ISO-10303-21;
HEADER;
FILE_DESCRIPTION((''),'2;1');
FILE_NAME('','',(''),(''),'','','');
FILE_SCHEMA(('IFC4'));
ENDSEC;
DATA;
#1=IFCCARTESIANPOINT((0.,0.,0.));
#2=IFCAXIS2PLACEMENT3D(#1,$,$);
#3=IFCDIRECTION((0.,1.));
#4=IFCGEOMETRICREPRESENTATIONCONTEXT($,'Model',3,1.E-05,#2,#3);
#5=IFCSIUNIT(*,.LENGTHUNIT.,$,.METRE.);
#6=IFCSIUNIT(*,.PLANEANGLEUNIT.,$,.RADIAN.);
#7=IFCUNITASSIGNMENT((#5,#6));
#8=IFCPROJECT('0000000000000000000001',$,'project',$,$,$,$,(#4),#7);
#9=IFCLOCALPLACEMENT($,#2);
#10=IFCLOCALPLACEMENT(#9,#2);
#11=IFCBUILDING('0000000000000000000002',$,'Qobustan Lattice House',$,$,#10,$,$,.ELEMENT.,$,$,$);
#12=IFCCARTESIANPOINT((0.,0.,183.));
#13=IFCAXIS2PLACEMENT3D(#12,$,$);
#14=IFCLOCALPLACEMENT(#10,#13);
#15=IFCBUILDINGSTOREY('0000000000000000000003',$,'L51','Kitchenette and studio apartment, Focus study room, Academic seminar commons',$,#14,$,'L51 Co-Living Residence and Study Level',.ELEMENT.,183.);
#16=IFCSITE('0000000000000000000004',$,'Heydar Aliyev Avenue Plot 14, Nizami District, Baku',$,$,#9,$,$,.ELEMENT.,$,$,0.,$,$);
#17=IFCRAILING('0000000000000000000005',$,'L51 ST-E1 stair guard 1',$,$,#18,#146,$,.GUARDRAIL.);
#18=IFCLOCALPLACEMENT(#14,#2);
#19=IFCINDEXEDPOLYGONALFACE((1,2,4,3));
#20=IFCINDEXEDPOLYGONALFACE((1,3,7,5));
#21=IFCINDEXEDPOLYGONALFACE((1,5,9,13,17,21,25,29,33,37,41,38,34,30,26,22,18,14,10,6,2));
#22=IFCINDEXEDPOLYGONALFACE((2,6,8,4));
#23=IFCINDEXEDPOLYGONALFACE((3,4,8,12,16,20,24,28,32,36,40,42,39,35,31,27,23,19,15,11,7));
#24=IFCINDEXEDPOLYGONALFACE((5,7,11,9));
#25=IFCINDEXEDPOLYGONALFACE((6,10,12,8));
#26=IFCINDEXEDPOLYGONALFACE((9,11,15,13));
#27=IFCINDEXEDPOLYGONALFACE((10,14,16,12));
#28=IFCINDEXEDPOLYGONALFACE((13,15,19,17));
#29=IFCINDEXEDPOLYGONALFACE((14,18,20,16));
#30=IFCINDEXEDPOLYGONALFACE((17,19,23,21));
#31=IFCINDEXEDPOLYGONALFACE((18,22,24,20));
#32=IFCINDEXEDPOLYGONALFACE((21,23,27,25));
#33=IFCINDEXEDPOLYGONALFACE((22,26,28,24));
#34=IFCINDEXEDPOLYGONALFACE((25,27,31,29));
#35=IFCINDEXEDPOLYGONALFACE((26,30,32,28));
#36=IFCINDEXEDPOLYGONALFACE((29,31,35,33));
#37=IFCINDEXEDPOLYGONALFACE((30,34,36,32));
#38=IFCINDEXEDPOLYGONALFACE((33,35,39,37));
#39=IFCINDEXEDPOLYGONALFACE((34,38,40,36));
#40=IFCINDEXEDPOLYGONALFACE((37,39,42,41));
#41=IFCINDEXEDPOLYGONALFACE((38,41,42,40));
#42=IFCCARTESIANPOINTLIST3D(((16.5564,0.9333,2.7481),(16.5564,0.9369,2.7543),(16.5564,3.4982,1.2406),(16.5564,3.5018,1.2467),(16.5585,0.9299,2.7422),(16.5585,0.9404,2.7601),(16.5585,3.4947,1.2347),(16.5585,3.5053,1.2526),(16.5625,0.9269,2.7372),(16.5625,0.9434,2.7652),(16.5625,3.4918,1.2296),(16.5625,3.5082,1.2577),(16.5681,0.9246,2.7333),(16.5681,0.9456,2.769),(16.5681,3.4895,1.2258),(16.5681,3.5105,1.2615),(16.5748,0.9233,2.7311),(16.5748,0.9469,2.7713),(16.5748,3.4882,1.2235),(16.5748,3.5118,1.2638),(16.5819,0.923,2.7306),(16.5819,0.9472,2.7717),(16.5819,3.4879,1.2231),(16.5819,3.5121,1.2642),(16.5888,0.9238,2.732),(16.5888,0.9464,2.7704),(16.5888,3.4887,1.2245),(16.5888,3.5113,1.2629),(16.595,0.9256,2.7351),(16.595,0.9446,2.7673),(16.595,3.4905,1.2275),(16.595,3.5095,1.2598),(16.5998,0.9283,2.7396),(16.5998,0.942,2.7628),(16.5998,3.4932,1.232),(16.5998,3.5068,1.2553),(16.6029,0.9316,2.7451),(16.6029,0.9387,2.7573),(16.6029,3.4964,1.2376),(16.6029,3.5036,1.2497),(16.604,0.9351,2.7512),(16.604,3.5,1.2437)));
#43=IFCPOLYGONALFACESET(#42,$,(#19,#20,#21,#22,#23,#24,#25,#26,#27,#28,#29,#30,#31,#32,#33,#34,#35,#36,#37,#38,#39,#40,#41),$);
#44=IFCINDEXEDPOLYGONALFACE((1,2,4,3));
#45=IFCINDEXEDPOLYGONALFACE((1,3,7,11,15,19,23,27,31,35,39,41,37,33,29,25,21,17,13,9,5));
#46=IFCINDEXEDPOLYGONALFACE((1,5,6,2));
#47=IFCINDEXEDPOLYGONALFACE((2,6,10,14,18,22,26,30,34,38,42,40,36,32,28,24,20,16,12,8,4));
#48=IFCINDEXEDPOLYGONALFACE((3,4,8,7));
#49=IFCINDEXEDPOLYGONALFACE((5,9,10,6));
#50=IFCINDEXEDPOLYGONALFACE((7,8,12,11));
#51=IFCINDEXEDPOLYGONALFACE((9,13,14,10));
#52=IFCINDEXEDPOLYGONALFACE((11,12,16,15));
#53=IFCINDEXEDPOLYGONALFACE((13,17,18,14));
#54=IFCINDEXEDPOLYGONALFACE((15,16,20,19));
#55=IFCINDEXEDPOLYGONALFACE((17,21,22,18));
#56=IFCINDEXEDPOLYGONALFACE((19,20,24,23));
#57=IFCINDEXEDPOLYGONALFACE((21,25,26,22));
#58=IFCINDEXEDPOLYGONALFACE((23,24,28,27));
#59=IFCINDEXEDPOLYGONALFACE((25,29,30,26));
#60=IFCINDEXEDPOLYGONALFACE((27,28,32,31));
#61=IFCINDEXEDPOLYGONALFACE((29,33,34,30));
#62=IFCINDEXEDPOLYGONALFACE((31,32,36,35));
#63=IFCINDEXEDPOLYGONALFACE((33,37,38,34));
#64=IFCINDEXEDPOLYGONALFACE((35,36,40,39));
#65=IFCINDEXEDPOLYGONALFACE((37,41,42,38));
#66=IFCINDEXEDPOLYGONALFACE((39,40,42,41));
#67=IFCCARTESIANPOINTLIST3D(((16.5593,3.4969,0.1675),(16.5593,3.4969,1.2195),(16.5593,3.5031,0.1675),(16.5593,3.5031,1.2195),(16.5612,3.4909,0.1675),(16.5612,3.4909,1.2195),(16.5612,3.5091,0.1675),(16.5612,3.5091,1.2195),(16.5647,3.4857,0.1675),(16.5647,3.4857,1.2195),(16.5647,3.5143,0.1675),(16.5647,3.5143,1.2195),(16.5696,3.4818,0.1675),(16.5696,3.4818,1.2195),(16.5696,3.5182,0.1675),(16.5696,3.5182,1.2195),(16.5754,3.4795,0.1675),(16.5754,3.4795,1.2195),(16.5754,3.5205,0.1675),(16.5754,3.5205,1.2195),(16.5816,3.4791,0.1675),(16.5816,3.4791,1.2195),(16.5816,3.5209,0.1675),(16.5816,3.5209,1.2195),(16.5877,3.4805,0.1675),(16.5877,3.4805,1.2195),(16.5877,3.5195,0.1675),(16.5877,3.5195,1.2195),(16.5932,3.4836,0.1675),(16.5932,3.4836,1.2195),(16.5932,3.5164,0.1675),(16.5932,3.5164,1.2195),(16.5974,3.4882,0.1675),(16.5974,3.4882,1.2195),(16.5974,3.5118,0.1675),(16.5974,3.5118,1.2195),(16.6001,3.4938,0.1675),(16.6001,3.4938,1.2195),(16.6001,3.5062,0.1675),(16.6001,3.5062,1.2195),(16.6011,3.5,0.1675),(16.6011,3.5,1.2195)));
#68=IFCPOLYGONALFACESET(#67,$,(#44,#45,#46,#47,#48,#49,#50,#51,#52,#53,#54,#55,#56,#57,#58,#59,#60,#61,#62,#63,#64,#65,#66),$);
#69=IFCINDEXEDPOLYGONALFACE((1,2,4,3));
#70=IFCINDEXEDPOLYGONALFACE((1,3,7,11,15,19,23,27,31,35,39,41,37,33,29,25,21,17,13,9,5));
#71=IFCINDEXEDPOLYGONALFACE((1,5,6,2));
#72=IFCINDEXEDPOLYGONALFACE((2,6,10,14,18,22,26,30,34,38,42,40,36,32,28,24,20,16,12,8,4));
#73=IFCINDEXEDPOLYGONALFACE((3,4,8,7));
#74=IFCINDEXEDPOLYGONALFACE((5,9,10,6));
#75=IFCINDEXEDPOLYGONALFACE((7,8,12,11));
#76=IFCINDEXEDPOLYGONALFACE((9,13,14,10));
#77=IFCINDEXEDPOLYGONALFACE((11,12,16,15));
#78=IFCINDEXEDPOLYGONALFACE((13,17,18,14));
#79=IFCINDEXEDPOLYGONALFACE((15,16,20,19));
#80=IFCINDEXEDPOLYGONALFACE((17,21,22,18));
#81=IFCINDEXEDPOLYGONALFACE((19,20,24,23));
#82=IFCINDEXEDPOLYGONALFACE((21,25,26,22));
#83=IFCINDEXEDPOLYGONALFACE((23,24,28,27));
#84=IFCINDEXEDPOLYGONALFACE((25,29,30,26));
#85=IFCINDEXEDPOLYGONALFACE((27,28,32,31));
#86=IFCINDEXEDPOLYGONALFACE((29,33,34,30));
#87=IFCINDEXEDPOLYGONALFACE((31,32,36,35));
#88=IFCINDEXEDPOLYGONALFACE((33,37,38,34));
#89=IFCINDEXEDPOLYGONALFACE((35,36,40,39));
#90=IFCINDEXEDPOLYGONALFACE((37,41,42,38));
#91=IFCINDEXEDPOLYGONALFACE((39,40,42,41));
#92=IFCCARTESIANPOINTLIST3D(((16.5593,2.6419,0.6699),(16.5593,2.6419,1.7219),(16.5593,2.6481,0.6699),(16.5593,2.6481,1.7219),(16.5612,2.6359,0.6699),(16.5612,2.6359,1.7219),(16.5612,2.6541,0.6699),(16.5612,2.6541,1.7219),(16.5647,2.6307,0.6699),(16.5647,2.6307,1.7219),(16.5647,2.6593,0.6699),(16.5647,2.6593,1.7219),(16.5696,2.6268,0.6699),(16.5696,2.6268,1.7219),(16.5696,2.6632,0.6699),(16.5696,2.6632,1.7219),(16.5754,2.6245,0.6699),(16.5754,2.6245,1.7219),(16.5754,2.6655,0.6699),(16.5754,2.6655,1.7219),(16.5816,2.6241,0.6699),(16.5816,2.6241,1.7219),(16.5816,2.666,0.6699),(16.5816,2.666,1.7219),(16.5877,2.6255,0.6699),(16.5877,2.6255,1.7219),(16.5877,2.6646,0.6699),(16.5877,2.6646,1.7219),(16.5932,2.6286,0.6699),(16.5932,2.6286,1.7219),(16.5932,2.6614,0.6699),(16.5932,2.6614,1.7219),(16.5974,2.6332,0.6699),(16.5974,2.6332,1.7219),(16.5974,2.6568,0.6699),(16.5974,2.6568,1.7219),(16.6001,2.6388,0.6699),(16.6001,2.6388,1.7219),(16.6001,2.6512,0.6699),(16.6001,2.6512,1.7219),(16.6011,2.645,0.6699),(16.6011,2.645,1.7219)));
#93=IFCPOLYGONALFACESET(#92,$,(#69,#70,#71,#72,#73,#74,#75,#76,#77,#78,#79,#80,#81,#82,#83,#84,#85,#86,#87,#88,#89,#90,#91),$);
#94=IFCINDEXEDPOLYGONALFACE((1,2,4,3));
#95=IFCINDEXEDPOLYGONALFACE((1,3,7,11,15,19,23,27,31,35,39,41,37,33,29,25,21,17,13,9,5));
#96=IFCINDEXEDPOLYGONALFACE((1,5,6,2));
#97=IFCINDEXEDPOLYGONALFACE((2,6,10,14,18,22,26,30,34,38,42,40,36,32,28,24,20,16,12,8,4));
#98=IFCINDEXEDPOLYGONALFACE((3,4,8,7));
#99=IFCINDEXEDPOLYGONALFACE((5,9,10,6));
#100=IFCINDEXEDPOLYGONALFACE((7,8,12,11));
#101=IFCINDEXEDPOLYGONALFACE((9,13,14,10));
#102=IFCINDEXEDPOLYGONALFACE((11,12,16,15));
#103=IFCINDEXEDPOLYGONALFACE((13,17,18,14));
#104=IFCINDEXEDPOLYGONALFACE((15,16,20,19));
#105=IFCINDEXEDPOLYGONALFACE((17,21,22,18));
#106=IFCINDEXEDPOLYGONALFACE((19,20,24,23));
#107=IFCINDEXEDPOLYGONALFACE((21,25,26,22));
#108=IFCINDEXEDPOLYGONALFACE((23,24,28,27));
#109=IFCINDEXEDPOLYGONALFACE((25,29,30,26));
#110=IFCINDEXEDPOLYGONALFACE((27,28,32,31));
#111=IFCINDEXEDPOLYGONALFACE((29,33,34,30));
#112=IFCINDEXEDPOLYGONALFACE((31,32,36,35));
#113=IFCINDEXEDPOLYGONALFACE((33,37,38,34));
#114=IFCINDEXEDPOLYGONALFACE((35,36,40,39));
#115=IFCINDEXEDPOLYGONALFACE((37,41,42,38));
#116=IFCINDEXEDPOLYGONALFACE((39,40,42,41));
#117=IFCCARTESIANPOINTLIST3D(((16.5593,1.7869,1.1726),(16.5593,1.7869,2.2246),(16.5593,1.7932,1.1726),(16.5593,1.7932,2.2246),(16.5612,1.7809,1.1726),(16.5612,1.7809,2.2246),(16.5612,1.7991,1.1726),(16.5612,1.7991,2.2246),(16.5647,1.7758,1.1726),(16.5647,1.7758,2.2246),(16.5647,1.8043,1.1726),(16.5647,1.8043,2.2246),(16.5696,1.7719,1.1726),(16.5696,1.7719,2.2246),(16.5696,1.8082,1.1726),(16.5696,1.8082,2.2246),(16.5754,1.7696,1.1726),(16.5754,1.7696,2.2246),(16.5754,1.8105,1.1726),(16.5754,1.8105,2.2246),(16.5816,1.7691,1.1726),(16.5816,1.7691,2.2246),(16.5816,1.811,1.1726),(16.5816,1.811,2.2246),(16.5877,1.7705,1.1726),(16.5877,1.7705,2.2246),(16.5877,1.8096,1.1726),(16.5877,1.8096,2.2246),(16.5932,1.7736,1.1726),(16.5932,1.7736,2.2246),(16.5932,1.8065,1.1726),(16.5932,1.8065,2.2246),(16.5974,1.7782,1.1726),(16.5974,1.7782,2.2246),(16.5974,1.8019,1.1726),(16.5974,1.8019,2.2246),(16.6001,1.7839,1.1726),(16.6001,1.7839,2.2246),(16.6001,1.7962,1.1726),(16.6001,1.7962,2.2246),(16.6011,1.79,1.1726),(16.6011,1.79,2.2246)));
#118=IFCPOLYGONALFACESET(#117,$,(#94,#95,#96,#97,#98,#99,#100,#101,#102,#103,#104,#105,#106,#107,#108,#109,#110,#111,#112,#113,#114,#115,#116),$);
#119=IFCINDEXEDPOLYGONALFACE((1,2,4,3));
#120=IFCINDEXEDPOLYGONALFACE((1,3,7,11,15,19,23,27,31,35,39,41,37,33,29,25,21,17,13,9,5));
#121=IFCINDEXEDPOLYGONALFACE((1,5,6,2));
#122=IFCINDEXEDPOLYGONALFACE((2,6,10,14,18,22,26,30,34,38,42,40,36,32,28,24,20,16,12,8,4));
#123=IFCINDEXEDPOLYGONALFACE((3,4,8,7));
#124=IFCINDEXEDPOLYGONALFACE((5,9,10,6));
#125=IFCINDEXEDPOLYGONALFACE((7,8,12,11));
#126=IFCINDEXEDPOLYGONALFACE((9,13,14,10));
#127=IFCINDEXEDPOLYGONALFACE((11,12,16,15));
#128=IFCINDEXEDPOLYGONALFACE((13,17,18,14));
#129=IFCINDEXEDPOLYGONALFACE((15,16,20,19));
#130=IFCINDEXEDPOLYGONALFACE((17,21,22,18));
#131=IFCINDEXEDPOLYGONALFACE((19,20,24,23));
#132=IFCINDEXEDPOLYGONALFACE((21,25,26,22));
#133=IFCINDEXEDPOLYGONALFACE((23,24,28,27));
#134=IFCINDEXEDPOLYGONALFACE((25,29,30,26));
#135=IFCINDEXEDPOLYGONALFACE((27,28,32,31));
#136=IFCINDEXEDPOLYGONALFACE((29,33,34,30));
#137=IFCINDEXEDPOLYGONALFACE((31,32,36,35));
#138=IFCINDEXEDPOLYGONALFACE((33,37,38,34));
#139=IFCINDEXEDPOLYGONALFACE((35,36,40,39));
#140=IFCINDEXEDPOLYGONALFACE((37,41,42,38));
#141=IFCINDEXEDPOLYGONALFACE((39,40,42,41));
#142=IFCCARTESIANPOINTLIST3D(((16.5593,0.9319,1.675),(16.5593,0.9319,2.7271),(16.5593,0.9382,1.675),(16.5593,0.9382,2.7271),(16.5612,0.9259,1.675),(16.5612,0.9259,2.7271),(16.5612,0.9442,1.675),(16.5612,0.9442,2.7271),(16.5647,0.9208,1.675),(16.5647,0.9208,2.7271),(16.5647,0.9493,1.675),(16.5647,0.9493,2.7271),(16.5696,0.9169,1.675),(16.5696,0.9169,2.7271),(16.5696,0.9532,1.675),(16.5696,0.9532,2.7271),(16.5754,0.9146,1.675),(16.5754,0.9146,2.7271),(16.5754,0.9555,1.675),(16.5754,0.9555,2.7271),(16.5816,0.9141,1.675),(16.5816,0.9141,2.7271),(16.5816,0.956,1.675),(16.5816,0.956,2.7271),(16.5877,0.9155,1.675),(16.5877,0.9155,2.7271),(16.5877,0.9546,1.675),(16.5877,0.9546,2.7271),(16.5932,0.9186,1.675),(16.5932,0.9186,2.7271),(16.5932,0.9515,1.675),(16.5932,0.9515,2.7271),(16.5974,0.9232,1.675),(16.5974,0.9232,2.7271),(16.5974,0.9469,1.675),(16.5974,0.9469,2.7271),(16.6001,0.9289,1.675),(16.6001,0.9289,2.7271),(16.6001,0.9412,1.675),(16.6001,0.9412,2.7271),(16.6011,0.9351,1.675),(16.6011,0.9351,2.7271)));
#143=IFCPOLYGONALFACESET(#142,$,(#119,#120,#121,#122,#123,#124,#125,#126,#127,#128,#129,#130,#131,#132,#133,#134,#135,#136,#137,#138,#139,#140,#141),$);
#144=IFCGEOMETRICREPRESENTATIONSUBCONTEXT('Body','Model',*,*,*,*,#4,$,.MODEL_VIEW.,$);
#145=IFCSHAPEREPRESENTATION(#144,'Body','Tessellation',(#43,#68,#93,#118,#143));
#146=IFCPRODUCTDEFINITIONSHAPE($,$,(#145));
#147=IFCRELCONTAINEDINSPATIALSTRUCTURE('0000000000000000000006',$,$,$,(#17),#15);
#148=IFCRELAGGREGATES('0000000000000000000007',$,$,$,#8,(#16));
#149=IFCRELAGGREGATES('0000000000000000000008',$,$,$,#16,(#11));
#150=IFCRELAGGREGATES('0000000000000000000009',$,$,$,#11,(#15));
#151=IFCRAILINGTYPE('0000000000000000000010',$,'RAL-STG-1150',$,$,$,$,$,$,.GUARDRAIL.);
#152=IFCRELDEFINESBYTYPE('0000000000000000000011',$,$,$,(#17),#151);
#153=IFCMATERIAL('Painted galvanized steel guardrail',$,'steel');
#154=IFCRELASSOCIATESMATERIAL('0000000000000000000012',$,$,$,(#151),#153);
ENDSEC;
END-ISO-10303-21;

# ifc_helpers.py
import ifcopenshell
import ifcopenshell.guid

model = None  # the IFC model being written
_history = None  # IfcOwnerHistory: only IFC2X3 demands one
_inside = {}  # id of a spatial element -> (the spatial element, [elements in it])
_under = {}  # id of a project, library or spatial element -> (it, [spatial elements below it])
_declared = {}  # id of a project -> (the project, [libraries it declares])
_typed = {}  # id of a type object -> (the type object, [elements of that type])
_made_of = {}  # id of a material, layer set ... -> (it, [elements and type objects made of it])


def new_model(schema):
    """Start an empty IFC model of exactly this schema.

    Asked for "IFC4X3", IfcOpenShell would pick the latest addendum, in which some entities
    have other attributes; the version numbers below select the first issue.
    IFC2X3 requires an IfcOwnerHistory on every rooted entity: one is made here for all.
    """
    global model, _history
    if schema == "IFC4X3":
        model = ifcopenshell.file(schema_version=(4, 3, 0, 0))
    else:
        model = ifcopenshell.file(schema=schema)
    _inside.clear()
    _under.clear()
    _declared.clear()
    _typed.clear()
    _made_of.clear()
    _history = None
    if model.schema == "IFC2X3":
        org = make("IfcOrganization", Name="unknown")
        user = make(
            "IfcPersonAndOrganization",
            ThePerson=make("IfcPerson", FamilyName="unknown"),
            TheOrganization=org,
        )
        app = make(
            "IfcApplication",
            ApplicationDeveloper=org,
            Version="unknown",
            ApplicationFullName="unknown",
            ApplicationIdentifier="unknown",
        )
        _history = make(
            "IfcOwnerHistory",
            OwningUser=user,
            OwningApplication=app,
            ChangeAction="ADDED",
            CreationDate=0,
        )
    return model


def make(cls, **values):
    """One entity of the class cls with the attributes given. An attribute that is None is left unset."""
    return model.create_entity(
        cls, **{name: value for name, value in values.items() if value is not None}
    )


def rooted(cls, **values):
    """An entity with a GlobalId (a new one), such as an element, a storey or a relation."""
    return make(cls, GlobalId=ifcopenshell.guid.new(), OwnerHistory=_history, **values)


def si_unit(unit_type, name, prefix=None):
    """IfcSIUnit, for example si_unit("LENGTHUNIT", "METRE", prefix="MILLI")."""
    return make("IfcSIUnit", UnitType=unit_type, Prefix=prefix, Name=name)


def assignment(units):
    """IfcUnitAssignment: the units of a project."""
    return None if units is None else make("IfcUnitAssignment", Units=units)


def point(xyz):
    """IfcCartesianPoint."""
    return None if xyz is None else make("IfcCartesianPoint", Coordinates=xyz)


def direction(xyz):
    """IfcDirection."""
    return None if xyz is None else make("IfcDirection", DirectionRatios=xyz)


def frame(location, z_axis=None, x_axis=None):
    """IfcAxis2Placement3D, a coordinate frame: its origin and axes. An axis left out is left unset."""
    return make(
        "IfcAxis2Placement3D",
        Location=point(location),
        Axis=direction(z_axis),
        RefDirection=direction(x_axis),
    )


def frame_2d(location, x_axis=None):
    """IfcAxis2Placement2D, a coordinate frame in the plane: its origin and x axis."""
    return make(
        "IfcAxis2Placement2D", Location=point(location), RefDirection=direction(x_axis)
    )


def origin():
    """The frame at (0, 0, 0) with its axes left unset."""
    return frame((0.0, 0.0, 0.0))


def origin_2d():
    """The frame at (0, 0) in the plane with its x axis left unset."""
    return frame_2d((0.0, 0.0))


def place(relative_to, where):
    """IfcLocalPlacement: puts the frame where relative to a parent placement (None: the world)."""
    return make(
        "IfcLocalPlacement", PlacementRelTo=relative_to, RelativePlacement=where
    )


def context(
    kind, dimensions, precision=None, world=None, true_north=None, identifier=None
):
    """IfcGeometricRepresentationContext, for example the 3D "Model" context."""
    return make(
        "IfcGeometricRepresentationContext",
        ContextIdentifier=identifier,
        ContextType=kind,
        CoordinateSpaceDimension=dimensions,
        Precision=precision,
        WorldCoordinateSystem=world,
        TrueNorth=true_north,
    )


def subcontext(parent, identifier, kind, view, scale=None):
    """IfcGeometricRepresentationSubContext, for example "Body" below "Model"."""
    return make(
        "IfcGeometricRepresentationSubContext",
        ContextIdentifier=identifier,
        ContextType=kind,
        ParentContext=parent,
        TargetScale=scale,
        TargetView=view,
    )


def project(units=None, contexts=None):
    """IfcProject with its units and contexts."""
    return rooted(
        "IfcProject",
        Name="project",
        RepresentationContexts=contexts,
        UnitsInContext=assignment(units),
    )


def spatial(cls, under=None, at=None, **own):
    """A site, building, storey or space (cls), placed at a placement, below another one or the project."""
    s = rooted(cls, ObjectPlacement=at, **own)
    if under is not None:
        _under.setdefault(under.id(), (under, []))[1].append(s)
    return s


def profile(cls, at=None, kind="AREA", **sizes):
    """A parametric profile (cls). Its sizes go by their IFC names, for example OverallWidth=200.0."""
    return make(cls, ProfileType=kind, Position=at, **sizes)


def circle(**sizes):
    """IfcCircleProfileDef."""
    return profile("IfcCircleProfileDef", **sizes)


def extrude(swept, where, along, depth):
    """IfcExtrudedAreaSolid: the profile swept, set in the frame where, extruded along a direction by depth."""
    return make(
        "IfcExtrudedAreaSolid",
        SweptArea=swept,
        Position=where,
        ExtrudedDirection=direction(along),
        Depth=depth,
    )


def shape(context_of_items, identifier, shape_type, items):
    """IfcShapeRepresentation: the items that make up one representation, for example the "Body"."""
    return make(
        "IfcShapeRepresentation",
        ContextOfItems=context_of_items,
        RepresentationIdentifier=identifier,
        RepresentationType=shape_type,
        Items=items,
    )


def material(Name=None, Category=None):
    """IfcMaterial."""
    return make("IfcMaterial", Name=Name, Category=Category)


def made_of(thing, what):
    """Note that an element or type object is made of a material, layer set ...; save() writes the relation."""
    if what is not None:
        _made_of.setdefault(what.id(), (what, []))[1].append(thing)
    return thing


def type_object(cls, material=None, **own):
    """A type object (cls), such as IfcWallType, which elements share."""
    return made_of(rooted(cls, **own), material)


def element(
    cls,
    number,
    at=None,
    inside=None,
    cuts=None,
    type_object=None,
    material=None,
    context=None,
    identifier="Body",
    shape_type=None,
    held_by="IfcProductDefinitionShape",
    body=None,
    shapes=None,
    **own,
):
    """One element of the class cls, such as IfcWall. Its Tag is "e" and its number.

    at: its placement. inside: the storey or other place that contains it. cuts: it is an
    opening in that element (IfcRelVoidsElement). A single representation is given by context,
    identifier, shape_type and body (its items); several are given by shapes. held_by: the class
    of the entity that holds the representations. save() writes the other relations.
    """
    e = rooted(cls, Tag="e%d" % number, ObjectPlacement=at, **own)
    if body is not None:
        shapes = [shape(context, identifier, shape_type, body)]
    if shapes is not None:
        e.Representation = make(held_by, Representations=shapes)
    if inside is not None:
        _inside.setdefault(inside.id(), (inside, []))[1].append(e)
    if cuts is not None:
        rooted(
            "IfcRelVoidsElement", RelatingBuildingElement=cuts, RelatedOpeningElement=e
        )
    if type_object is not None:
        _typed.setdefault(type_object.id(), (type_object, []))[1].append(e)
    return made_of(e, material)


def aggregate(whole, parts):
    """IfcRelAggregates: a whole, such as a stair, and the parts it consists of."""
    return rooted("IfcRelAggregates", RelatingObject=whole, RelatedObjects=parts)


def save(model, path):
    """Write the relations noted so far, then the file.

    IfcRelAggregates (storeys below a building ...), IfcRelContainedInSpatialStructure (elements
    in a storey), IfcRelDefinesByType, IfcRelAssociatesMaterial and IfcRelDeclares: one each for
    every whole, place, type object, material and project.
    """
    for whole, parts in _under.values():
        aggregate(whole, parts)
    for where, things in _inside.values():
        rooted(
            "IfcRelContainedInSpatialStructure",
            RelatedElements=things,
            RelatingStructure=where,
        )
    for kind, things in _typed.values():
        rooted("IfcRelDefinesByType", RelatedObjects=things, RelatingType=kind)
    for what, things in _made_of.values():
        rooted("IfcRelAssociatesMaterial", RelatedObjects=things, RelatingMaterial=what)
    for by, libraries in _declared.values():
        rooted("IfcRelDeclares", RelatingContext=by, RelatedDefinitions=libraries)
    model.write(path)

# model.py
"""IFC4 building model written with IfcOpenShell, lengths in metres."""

from ifc_helpers import new_model, si_unit, direction, frame, origin, origin_2d, place, context, subcontext, project, spatial, circle, extrude, material, type_object, element, save


model = new_model("IFC4")

# Units and contexts
model_context = context("Model", 3, precision=1e-05, world=origin(), true_north=direction((0.0, 1.0)))
body_context = subcontext(model_context, "Body", "Model", "MODEL_VIEW")
ifc_project = project(units=[si_unit("LENGTHUNIT", "METRE"), si_unit("PLANEANGLEUNIT", "RADIAN")], contexts=[model_context])

# Site, building, storey
site_placement = place(None, origin())
site = spatial("IfcSite", under=ifc_project, at=site_placement, Name="Heydar Aliyev Avenue Plot 14, Nizami District, Baku", CompositionType="ELEMENT", RefElevation=0.0)
building_placement = place(site_placement, origin())
building = spatial("IfcBuilding", under=site, at=building_placement, Name="Qobustan Lattice House", CompositionType="ELEMENT")
storey_placement = place(building_placement, frame((0.0, 0.0, 183.0)))
storey = spatial("IfcBuildingStorey", under=building, at=storey_placement, Name="L51", Description="Kitchenette and studio apartment, Focus study room, Academic seminar commons", LongName="L51 Co-Living Residence and Study Level", CompositionType="ELEMENT", Elevation=183.0)

# Railing
ifc_material_1 = material(Name="Painted galvanized steel guardrail", Category="steel")
railing_type_1 = type_object("IfcRailingType", Name="RAL-STG-1150", PredefinedType="GUARDRAIL", material=ifc_material_1)
railing_1_placement = place(storey_placement, frame((16.5801, 3.5, 0.1675)))
element("IfcRailing", 1, at=railing_1_placement, inside=storey, type_object=railing_type_1, Name="L51 ST-E1 stair guard 1", PredefinedType="GUARDRAIL", context=body_context, shape_type="SweptSolid", body=[
    extrude(circle(Radius=0.0239, at=origin_2d()), frame((0.0, 0.0, 1.0762), z_axis=(0.0, -0.862113, 0.506715), x_axis=(1.0, 0.0, 0.0)), (0.0, 0.0, 1.0), 2.9751),
    extrude(circle(Radius=0.021, at=origin_2d()), origin(), (0.0, 0.0, 1.0), 1.052),
    extrude(circle(Radius=0.021, at=origin_2d()), frame((0.0, -0.855, 0.5024)), (0.0, 0.0, 1.0), 1.052),
    extrude(circle(Radius=0.021, at=origin_2d()), frame((0.0, -1.71, 1.0051)), (0.0, 0.0, 1.0), 1.052),
    extrude(circle(Radius=0.021, at=origin_2d()), frame((0.0, -2.5649, 1.5076)), (0.0, 0.0, 1.0), 1.052),
])

save(model, "model.ifc")
